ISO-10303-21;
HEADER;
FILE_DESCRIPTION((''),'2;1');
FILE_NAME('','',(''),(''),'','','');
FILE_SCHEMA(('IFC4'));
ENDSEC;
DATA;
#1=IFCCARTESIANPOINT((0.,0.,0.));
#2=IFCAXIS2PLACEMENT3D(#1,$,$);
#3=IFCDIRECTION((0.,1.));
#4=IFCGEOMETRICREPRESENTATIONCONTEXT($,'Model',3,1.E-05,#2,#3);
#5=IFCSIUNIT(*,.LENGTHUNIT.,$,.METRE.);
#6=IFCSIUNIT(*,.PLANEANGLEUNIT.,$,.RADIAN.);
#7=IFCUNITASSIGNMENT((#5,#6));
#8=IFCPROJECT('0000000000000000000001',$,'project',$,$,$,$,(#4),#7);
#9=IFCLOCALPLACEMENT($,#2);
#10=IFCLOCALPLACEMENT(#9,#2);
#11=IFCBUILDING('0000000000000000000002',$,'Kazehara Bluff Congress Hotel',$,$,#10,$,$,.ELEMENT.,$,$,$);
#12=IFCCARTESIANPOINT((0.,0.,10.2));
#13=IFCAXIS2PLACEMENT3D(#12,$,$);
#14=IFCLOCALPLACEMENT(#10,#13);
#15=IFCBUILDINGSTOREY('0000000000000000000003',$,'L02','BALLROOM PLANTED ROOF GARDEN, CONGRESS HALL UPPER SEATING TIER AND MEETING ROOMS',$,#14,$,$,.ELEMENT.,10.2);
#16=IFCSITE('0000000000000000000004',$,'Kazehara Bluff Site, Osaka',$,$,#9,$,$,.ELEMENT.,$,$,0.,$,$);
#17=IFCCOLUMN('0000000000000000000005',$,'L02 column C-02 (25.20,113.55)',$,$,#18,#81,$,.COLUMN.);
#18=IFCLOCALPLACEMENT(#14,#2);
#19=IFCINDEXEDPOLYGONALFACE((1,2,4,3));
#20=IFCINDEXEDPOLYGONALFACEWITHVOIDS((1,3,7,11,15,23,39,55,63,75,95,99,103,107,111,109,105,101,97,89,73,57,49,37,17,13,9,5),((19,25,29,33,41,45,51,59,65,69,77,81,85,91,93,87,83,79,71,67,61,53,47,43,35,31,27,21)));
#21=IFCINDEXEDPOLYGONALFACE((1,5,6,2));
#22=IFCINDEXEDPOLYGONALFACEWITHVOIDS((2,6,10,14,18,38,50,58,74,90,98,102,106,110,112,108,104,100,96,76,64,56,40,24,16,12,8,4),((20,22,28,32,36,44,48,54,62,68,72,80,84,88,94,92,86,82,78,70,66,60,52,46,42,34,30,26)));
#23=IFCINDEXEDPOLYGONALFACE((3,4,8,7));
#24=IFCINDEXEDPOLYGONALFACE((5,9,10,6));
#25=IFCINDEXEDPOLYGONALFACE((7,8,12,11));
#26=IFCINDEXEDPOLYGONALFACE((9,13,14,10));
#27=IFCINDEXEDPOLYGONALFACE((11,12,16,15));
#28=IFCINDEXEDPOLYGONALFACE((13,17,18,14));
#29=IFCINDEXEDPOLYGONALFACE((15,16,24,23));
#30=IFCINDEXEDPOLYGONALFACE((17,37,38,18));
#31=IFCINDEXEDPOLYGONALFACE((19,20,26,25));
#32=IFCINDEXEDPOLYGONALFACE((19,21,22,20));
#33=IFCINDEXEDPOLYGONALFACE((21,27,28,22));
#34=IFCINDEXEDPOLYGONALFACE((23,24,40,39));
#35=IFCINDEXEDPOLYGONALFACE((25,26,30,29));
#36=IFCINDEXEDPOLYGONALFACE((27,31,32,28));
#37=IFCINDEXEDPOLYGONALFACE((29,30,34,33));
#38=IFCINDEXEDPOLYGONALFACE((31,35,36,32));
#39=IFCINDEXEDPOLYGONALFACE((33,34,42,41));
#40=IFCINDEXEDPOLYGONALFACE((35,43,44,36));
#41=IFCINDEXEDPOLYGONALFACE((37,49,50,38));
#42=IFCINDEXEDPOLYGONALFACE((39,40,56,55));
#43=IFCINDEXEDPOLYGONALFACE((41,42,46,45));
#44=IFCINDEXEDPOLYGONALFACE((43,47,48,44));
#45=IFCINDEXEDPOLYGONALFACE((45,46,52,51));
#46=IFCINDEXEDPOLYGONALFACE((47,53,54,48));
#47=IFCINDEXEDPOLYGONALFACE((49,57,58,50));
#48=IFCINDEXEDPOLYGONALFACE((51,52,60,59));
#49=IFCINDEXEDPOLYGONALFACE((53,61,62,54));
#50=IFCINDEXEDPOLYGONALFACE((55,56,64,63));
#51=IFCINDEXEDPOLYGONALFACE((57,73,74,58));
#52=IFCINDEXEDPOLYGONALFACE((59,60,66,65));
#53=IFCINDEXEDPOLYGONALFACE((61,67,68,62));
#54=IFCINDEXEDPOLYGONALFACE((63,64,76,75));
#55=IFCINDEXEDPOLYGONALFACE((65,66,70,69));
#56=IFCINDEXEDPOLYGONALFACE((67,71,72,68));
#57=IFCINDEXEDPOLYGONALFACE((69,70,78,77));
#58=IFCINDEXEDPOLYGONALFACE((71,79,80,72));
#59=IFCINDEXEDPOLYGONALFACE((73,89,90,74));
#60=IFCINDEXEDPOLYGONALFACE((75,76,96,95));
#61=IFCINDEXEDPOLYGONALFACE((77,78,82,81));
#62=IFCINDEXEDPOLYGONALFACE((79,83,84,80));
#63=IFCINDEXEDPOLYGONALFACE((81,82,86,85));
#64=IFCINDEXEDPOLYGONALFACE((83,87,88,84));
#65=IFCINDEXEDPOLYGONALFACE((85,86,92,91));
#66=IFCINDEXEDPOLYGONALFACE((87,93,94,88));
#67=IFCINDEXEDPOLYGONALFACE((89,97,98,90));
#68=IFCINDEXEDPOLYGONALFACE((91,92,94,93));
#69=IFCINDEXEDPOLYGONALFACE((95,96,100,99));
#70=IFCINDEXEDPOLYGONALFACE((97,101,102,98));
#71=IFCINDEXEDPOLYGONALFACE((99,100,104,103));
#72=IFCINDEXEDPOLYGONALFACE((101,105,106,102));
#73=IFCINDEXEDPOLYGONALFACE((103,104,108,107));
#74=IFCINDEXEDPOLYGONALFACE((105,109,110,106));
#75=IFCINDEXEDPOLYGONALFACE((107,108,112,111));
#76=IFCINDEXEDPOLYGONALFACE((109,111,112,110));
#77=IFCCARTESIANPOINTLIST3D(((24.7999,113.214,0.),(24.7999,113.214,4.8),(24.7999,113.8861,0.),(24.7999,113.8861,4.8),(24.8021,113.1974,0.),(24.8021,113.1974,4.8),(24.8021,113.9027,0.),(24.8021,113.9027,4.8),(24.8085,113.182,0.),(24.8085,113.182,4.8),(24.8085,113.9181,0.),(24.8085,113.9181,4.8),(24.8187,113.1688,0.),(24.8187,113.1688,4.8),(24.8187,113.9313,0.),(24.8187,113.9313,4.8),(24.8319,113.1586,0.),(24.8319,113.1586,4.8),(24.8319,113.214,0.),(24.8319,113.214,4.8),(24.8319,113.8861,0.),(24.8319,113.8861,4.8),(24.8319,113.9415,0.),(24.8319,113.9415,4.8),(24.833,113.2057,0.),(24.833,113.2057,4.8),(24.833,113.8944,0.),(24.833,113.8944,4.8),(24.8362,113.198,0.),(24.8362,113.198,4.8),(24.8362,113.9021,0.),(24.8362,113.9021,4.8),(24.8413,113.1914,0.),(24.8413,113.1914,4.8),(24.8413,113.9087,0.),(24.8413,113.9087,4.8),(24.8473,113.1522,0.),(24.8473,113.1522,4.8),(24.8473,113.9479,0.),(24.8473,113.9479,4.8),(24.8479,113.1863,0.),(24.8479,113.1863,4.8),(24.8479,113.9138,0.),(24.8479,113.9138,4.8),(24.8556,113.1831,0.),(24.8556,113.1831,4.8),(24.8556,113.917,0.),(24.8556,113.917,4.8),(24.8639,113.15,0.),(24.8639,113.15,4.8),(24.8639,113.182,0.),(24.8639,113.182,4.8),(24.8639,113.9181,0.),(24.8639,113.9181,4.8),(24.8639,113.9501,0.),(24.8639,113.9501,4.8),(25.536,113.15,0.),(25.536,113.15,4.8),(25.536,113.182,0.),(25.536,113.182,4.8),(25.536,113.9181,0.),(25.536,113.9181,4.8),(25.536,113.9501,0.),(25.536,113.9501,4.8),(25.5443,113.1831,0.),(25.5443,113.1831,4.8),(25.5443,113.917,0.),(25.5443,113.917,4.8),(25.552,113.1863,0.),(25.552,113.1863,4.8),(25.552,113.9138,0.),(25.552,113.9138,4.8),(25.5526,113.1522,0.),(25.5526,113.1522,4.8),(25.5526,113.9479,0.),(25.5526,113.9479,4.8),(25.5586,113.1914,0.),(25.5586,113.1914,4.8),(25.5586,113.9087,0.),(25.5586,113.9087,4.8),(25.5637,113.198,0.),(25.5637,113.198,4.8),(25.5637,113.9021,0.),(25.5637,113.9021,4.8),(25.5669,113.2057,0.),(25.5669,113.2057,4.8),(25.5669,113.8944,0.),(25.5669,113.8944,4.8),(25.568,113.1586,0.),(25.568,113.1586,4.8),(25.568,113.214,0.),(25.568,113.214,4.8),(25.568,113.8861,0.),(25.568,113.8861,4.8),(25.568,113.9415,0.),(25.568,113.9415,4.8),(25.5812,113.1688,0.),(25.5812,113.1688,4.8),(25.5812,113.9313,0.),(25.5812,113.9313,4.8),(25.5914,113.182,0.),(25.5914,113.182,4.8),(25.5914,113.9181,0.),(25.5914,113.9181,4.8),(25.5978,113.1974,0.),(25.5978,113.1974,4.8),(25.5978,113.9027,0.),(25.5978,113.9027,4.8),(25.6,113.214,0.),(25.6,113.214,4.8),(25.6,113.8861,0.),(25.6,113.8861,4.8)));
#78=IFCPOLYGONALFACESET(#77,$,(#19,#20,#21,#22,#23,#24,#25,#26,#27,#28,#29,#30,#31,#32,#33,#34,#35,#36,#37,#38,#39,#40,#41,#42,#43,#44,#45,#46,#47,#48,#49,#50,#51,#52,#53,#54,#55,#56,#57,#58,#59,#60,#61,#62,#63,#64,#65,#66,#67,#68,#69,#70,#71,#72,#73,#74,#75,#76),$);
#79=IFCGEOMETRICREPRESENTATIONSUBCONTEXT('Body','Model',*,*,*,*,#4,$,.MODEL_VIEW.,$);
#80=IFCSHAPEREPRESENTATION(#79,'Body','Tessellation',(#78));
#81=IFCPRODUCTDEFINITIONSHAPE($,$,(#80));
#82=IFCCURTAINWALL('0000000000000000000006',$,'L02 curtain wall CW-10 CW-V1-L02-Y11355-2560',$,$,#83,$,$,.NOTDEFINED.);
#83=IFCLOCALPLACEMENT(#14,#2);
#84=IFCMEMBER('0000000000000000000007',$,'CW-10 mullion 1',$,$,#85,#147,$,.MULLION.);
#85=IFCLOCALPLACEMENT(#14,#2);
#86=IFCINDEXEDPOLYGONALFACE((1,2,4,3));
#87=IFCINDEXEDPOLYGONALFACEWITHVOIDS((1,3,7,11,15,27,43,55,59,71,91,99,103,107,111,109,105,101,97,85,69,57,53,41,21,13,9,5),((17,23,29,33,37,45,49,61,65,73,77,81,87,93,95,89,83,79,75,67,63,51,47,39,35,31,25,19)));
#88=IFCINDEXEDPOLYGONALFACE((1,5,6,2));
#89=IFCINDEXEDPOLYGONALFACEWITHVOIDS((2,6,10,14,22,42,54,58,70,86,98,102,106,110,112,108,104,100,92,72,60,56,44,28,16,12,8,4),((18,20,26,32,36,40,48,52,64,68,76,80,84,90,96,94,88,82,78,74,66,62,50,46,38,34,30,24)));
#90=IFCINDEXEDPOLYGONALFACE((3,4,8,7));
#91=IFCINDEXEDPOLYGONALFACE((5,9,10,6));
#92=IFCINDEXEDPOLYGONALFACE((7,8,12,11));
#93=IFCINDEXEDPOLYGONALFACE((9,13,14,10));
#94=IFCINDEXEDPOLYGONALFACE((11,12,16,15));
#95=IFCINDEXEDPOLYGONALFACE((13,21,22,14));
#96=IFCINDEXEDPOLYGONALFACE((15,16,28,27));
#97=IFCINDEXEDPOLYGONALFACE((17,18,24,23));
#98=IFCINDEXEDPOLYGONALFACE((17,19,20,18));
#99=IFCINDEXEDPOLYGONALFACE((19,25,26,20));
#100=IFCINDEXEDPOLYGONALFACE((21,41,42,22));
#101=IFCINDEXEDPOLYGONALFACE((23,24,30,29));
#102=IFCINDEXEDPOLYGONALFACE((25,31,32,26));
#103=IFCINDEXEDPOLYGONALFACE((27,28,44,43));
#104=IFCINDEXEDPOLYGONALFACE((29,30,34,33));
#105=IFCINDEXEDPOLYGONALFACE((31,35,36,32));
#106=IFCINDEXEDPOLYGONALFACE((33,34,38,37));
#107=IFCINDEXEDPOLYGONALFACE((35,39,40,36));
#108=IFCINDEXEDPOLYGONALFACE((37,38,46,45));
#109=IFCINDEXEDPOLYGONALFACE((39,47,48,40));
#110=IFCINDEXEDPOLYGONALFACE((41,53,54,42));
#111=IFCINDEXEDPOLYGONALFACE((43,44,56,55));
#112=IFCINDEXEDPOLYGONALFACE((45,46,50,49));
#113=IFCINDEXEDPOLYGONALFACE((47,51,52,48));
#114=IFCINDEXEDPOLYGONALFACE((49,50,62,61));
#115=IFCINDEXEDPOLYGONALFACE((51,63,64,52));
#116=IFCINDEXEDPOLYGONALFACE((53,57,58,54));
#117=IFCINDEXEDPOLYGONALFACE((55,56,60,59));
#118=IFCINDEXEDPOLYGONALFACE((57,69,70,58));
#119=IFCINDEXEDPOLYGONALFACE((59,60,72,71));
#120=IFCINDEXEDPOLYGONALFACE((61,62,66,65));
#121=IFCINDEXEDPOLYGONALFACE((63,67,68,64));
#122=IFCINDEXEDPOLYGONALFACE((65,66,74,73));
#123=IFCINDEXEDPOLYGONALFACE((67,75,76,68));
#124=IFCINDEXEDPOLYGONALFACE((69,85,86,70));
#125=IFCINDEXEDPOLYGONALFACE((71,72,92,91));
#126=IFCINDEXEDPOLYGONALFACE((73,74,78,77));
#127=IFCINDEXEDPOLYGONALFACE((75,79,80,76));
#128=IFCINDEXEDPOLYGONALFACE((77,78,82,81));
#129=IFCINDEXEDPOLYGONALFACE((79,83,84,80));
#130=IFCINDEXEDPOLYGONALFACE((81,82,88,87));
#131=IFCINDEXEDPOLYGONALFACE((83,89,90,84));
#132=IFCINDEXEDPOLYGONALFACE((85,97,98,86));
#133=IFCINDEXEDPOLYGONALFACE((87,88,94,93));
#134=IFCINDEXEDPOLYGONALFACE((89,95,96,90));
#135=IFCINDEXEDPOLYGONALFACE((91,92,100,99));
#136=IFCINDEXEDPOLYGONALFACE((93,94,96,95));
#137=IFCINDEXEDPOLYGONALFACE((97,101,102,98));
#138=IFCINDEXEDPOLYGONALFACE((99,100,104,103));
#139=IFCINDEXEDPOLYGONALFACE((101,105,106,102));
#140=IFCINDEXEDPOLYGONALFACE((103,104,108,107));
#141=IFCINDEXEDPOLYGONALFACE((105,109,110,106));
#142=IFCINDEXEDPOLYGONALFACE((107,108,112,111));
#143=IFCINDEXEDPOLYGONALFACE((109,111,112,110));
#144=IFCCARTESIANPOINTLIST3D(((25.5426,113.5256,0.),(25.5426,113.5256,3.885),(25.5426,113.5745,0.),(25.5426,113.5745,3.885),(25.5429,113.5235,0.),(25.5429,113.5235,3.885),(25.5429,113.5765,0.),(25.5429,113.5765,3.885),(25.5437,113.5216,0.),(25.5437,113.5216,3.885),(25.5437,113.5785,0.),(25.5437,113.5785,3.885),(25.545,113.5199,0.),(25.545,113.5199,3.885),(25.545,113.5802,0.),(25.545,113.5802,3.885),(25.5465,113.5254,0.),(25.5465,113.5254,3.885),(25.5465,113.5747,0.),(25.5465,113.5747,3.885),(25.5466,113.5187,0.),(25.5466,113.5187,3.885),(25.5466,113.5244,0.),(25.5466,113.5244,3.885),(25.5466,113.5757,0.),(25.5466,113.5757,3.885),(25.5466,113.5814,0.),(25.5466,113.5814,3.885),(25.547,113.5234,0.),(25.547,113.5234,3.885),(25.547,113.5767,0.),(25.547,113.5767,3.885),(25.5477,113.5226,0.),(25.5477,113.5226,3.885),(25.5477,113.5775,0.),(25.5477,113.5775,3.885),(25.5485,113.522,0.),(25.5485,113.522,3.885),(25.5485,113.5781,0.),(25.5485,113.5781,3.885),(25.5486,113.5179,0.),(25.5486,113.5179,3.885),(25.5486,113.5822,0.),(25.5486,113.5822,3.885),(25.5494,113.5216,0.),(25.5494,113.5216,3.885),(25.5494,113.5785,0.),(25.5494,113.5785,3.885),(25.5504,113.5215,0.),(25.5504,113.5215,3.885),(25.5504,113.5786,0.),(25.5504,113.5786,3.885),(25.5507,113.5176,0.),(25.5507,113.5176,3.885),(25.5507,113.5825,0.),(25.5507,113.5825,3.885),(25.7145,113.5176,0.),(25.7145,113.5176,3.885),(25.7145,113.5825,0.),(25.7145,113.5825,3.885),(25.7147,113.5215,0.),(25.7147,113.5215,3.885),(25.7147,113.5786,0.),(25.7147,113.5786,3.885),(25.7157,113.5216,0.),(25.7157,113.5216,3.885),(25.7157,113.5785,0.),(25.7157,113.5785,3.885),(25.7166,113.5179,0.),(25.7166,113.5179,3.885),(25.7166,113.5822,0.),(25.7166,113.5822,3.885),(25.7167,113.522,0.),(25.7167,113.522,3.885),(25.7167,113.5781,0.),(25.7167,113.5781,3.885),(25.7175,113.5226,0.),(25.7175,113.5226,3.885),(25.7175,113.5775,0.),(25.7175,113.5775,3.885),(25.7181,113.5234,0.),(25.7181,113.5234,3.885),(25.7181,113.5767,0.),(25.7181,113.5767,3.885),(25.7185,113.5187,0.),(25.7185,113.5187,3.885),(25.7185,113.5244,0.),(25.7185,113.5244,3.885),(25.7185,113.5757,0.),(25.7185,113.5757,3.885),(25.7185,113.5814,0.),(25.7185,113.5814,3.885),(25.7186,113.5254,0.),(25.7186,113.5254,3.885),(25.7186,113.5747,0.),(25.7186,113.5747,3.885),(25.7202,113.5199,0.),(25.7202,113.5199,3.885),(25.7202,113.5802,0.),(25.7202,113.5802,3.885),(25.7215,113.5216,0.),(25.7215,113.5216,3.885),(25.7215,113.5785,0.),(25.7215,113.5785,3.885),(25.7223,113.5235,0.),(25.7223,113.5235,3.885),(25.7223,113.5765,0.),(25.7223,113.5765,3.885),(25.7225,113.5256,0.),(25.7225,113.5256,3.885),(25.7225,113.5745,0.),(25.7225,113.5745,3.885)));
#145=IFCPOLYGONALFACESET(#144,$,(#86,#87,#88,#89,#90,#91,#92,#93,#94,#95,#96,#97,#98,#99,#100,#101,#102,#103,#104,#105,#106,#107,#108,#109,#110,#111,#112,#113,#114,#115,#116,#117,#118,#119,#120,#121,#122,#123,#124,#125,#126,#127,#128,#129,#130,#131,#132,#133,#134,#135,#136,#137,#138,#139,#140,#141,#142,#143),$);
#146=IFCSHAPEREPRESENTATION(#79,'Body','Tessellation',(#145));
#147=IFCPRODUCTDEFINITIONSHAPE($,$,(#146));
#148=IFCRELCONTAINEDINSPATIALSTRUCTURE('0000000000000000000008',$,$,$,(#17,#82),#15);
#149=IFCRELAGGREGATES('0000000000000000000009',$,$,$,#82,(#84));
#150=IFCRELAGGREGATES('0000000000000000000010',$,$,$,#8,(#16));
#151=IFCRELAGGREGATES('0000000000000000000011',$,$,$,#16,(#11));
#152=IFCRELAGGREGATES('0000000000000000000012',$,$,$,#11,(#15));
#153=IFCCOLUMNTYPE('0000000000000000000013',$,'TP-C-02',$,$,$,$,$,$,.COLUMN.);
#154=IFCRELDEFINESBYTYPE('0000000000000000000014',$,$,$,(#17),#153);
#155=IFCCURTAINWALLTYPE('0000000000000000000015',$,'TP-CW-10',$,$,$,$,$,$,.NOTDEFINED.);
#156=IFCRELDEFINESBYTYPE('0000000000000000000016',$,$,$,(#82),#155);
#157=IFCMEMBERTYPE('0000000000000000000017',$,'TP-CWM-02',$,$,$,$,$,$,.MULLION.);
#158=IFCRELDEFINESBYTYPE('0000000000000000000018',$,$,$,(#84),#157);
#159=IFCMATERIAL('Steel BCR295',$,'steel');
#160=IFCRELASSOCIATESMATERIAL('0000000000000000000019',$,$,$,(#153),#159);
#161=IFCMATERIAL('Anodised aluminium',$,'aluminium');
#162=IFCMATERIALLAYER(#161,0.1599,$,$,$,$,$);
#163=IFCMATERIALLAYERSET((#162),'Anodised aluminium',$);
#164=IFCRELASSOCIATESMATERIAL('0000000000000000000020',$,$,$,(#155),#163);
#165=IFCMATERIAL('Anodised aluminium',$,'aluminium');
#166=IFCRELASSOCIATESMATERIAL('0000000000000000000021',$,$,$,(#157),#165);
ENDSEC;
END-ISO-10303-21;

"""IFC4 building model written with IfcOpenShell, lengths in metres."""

from ifc_helpers import new_model, si_unit, direction, frame, origin, origin_2d, place, context, subcontext, project, spatial, hollow_rectangle, extrude, material, layer, layer_set, material_profile, profile_set, type_object, element, aggregate, save


model = new_model("IFC4")

# Units and contexts
model_context = context("Model", 3, precision=1e-05, world=origin(), true_north=direction((0.0, 1.0)))
body_context = subcontext(model_context, "Body", "Model", "MODEL_VIEW")
ifc_project = project(units=[si_unit("LENGTHUNIT", "METRE"), si_unit("PLANEANGLEUNIT", "RADIAN")], contexts=[model_context])

# Site, building, storey
site_placement = place(None, origin())
site = spatial("IfcSite", under=ifc_project, at=site_placement, Name="Kazehara Bluff Site, Osaka", CompositionType="ELEMENT", RefElevation=0.0)
building_placement = place(site_placement, origin())
building = spatial("IfcBuilding", under=site, at=building_placement, Name="Kazehara Bluff Congress Hotel", CompositionType="ELEMENT")
storey_placement = place(building_placement, frame((0.0, 0.0, 10.2)))
storey = spatial("IfcBuildingStorey", under=building, at=storey_placement, Name="L02", Description="BALLROOM PLANTED ROOF GARDEN, CONGRESS HALL UPPER SEATING TIER AND MEETING ROOMS", CompositionType="ELEMENT", Elevation=10.2)

# Column
ifc_material_1 = material(Name="Steel BCR295", Category="steel")
ifc_material_profile_1 = material_profile(ifc_material_1, hollow_rectangle(XDim=0.8, YDim=0.8, WallThickness=0.032, InnerFilletRadius=0.032, OuterFilletRadius=0.064, at=origin_2d()))
ifc_profile_set_1 = profile_set([ifc_material_profile_1], Name="Steel BCR295")
column_type = type_object("IfcColumnType", Name="TP-C-02", PredefinedType="COLUMN", material=ifc_profile_set_1)
column_placement = place(storey_placement, frame((25.2, 113.55, 0.0), z_axis=(0.0, 0.0, 1.0), x_axis=(1.0, 0.0, 0.0)))
element("IfcColumn", 1, at=column_placement, inside=storey, type_object=column_type, Name="L02 column C-02 (25.20,113.55)", PredefinedType="COLUMN", context=body_context, shape_type="SweptSolid", body=[
    extrude(hollow_rectangle(XDim=0.8, YDim=0.8, WallThickness=0.032, InnerFilletRadius=0.032, OuterFilletRadius=0.064, at=origin_2d()), origin(), (0.0, 0.0, 1.0), 4.8),
])

# Curtain wall, member
ifc_material_2 = material(Name="Anodised aluminium", Category="aluminium")
ifc_layer_1 = layer(ifc_material_2, 0.1599)
ifc_layer_set_1 = layer_set([ifc_layer_1], Name="Anodised aluminium")
curtain_wall_type_1 = type_object("IfcCurtainWallType", Name="TP-CW-10", PredefinedType="NOTDEFINED", material=ifc_layer_set_1)
curtain_wall_1_placement = place(storey_placement, origin())
curtain_wall_1 = element("IfcCurtainWall", 2, at=curtain_wall_1_placement, inside=storey, type_object=curtain_wall_type_1, Name="L02 curtain wall CW-10 CW-V1-L02-Y11355-2560", PredefinedType="NOTDEFINED")
ifc_material_3 = material(Name="Anodised aluminium", Category="aluminium")
ifc_material_profile_2 = material_profile(ifc_material_3, hollow_rectangle(XDim=0.0649, YDim=0.1799, WallThickness=0.0039, InnerFilletRadius=0.0039, OuterFilletRadius=0.0081, at=origin_2d()))
ifc_profile_set_2 = profile_set([ifc_material_profile_2], Name="Anodised aluminium")
member_type_1 = type_object("IfcMemberType", Name="TP-CWM-02", PredefinedType="MULLION", material=ifc_profile_set_2)
member_1_placement = place(storey_placement, frame((25.6326, 113.55, 0.0), z_axis=(0.0, 0.0, 1.0), x_axis=(0.0, 1.0, 0.0)))
member_1 = element("IfcMember", 3, at=member_1_placement, type_object=member_type_1, Name="CW-10 mullion 1", PredefinedType="MULLION", context=body_context, shape_type="SweptSolid", body=[
    extrude(hollow_rectangle(XDim=0.0649, YDim=0.1799, WallThickness=0.0039, InnerFilletRadius=0.0039, OuterFilletRadius=0.0081, at=origin_2d()), origin(), (0.0, 0.0, 1.0), 3.885),
])

aggregate(curtain_wall_1, [member_1])

save(model, "model.ifc")
